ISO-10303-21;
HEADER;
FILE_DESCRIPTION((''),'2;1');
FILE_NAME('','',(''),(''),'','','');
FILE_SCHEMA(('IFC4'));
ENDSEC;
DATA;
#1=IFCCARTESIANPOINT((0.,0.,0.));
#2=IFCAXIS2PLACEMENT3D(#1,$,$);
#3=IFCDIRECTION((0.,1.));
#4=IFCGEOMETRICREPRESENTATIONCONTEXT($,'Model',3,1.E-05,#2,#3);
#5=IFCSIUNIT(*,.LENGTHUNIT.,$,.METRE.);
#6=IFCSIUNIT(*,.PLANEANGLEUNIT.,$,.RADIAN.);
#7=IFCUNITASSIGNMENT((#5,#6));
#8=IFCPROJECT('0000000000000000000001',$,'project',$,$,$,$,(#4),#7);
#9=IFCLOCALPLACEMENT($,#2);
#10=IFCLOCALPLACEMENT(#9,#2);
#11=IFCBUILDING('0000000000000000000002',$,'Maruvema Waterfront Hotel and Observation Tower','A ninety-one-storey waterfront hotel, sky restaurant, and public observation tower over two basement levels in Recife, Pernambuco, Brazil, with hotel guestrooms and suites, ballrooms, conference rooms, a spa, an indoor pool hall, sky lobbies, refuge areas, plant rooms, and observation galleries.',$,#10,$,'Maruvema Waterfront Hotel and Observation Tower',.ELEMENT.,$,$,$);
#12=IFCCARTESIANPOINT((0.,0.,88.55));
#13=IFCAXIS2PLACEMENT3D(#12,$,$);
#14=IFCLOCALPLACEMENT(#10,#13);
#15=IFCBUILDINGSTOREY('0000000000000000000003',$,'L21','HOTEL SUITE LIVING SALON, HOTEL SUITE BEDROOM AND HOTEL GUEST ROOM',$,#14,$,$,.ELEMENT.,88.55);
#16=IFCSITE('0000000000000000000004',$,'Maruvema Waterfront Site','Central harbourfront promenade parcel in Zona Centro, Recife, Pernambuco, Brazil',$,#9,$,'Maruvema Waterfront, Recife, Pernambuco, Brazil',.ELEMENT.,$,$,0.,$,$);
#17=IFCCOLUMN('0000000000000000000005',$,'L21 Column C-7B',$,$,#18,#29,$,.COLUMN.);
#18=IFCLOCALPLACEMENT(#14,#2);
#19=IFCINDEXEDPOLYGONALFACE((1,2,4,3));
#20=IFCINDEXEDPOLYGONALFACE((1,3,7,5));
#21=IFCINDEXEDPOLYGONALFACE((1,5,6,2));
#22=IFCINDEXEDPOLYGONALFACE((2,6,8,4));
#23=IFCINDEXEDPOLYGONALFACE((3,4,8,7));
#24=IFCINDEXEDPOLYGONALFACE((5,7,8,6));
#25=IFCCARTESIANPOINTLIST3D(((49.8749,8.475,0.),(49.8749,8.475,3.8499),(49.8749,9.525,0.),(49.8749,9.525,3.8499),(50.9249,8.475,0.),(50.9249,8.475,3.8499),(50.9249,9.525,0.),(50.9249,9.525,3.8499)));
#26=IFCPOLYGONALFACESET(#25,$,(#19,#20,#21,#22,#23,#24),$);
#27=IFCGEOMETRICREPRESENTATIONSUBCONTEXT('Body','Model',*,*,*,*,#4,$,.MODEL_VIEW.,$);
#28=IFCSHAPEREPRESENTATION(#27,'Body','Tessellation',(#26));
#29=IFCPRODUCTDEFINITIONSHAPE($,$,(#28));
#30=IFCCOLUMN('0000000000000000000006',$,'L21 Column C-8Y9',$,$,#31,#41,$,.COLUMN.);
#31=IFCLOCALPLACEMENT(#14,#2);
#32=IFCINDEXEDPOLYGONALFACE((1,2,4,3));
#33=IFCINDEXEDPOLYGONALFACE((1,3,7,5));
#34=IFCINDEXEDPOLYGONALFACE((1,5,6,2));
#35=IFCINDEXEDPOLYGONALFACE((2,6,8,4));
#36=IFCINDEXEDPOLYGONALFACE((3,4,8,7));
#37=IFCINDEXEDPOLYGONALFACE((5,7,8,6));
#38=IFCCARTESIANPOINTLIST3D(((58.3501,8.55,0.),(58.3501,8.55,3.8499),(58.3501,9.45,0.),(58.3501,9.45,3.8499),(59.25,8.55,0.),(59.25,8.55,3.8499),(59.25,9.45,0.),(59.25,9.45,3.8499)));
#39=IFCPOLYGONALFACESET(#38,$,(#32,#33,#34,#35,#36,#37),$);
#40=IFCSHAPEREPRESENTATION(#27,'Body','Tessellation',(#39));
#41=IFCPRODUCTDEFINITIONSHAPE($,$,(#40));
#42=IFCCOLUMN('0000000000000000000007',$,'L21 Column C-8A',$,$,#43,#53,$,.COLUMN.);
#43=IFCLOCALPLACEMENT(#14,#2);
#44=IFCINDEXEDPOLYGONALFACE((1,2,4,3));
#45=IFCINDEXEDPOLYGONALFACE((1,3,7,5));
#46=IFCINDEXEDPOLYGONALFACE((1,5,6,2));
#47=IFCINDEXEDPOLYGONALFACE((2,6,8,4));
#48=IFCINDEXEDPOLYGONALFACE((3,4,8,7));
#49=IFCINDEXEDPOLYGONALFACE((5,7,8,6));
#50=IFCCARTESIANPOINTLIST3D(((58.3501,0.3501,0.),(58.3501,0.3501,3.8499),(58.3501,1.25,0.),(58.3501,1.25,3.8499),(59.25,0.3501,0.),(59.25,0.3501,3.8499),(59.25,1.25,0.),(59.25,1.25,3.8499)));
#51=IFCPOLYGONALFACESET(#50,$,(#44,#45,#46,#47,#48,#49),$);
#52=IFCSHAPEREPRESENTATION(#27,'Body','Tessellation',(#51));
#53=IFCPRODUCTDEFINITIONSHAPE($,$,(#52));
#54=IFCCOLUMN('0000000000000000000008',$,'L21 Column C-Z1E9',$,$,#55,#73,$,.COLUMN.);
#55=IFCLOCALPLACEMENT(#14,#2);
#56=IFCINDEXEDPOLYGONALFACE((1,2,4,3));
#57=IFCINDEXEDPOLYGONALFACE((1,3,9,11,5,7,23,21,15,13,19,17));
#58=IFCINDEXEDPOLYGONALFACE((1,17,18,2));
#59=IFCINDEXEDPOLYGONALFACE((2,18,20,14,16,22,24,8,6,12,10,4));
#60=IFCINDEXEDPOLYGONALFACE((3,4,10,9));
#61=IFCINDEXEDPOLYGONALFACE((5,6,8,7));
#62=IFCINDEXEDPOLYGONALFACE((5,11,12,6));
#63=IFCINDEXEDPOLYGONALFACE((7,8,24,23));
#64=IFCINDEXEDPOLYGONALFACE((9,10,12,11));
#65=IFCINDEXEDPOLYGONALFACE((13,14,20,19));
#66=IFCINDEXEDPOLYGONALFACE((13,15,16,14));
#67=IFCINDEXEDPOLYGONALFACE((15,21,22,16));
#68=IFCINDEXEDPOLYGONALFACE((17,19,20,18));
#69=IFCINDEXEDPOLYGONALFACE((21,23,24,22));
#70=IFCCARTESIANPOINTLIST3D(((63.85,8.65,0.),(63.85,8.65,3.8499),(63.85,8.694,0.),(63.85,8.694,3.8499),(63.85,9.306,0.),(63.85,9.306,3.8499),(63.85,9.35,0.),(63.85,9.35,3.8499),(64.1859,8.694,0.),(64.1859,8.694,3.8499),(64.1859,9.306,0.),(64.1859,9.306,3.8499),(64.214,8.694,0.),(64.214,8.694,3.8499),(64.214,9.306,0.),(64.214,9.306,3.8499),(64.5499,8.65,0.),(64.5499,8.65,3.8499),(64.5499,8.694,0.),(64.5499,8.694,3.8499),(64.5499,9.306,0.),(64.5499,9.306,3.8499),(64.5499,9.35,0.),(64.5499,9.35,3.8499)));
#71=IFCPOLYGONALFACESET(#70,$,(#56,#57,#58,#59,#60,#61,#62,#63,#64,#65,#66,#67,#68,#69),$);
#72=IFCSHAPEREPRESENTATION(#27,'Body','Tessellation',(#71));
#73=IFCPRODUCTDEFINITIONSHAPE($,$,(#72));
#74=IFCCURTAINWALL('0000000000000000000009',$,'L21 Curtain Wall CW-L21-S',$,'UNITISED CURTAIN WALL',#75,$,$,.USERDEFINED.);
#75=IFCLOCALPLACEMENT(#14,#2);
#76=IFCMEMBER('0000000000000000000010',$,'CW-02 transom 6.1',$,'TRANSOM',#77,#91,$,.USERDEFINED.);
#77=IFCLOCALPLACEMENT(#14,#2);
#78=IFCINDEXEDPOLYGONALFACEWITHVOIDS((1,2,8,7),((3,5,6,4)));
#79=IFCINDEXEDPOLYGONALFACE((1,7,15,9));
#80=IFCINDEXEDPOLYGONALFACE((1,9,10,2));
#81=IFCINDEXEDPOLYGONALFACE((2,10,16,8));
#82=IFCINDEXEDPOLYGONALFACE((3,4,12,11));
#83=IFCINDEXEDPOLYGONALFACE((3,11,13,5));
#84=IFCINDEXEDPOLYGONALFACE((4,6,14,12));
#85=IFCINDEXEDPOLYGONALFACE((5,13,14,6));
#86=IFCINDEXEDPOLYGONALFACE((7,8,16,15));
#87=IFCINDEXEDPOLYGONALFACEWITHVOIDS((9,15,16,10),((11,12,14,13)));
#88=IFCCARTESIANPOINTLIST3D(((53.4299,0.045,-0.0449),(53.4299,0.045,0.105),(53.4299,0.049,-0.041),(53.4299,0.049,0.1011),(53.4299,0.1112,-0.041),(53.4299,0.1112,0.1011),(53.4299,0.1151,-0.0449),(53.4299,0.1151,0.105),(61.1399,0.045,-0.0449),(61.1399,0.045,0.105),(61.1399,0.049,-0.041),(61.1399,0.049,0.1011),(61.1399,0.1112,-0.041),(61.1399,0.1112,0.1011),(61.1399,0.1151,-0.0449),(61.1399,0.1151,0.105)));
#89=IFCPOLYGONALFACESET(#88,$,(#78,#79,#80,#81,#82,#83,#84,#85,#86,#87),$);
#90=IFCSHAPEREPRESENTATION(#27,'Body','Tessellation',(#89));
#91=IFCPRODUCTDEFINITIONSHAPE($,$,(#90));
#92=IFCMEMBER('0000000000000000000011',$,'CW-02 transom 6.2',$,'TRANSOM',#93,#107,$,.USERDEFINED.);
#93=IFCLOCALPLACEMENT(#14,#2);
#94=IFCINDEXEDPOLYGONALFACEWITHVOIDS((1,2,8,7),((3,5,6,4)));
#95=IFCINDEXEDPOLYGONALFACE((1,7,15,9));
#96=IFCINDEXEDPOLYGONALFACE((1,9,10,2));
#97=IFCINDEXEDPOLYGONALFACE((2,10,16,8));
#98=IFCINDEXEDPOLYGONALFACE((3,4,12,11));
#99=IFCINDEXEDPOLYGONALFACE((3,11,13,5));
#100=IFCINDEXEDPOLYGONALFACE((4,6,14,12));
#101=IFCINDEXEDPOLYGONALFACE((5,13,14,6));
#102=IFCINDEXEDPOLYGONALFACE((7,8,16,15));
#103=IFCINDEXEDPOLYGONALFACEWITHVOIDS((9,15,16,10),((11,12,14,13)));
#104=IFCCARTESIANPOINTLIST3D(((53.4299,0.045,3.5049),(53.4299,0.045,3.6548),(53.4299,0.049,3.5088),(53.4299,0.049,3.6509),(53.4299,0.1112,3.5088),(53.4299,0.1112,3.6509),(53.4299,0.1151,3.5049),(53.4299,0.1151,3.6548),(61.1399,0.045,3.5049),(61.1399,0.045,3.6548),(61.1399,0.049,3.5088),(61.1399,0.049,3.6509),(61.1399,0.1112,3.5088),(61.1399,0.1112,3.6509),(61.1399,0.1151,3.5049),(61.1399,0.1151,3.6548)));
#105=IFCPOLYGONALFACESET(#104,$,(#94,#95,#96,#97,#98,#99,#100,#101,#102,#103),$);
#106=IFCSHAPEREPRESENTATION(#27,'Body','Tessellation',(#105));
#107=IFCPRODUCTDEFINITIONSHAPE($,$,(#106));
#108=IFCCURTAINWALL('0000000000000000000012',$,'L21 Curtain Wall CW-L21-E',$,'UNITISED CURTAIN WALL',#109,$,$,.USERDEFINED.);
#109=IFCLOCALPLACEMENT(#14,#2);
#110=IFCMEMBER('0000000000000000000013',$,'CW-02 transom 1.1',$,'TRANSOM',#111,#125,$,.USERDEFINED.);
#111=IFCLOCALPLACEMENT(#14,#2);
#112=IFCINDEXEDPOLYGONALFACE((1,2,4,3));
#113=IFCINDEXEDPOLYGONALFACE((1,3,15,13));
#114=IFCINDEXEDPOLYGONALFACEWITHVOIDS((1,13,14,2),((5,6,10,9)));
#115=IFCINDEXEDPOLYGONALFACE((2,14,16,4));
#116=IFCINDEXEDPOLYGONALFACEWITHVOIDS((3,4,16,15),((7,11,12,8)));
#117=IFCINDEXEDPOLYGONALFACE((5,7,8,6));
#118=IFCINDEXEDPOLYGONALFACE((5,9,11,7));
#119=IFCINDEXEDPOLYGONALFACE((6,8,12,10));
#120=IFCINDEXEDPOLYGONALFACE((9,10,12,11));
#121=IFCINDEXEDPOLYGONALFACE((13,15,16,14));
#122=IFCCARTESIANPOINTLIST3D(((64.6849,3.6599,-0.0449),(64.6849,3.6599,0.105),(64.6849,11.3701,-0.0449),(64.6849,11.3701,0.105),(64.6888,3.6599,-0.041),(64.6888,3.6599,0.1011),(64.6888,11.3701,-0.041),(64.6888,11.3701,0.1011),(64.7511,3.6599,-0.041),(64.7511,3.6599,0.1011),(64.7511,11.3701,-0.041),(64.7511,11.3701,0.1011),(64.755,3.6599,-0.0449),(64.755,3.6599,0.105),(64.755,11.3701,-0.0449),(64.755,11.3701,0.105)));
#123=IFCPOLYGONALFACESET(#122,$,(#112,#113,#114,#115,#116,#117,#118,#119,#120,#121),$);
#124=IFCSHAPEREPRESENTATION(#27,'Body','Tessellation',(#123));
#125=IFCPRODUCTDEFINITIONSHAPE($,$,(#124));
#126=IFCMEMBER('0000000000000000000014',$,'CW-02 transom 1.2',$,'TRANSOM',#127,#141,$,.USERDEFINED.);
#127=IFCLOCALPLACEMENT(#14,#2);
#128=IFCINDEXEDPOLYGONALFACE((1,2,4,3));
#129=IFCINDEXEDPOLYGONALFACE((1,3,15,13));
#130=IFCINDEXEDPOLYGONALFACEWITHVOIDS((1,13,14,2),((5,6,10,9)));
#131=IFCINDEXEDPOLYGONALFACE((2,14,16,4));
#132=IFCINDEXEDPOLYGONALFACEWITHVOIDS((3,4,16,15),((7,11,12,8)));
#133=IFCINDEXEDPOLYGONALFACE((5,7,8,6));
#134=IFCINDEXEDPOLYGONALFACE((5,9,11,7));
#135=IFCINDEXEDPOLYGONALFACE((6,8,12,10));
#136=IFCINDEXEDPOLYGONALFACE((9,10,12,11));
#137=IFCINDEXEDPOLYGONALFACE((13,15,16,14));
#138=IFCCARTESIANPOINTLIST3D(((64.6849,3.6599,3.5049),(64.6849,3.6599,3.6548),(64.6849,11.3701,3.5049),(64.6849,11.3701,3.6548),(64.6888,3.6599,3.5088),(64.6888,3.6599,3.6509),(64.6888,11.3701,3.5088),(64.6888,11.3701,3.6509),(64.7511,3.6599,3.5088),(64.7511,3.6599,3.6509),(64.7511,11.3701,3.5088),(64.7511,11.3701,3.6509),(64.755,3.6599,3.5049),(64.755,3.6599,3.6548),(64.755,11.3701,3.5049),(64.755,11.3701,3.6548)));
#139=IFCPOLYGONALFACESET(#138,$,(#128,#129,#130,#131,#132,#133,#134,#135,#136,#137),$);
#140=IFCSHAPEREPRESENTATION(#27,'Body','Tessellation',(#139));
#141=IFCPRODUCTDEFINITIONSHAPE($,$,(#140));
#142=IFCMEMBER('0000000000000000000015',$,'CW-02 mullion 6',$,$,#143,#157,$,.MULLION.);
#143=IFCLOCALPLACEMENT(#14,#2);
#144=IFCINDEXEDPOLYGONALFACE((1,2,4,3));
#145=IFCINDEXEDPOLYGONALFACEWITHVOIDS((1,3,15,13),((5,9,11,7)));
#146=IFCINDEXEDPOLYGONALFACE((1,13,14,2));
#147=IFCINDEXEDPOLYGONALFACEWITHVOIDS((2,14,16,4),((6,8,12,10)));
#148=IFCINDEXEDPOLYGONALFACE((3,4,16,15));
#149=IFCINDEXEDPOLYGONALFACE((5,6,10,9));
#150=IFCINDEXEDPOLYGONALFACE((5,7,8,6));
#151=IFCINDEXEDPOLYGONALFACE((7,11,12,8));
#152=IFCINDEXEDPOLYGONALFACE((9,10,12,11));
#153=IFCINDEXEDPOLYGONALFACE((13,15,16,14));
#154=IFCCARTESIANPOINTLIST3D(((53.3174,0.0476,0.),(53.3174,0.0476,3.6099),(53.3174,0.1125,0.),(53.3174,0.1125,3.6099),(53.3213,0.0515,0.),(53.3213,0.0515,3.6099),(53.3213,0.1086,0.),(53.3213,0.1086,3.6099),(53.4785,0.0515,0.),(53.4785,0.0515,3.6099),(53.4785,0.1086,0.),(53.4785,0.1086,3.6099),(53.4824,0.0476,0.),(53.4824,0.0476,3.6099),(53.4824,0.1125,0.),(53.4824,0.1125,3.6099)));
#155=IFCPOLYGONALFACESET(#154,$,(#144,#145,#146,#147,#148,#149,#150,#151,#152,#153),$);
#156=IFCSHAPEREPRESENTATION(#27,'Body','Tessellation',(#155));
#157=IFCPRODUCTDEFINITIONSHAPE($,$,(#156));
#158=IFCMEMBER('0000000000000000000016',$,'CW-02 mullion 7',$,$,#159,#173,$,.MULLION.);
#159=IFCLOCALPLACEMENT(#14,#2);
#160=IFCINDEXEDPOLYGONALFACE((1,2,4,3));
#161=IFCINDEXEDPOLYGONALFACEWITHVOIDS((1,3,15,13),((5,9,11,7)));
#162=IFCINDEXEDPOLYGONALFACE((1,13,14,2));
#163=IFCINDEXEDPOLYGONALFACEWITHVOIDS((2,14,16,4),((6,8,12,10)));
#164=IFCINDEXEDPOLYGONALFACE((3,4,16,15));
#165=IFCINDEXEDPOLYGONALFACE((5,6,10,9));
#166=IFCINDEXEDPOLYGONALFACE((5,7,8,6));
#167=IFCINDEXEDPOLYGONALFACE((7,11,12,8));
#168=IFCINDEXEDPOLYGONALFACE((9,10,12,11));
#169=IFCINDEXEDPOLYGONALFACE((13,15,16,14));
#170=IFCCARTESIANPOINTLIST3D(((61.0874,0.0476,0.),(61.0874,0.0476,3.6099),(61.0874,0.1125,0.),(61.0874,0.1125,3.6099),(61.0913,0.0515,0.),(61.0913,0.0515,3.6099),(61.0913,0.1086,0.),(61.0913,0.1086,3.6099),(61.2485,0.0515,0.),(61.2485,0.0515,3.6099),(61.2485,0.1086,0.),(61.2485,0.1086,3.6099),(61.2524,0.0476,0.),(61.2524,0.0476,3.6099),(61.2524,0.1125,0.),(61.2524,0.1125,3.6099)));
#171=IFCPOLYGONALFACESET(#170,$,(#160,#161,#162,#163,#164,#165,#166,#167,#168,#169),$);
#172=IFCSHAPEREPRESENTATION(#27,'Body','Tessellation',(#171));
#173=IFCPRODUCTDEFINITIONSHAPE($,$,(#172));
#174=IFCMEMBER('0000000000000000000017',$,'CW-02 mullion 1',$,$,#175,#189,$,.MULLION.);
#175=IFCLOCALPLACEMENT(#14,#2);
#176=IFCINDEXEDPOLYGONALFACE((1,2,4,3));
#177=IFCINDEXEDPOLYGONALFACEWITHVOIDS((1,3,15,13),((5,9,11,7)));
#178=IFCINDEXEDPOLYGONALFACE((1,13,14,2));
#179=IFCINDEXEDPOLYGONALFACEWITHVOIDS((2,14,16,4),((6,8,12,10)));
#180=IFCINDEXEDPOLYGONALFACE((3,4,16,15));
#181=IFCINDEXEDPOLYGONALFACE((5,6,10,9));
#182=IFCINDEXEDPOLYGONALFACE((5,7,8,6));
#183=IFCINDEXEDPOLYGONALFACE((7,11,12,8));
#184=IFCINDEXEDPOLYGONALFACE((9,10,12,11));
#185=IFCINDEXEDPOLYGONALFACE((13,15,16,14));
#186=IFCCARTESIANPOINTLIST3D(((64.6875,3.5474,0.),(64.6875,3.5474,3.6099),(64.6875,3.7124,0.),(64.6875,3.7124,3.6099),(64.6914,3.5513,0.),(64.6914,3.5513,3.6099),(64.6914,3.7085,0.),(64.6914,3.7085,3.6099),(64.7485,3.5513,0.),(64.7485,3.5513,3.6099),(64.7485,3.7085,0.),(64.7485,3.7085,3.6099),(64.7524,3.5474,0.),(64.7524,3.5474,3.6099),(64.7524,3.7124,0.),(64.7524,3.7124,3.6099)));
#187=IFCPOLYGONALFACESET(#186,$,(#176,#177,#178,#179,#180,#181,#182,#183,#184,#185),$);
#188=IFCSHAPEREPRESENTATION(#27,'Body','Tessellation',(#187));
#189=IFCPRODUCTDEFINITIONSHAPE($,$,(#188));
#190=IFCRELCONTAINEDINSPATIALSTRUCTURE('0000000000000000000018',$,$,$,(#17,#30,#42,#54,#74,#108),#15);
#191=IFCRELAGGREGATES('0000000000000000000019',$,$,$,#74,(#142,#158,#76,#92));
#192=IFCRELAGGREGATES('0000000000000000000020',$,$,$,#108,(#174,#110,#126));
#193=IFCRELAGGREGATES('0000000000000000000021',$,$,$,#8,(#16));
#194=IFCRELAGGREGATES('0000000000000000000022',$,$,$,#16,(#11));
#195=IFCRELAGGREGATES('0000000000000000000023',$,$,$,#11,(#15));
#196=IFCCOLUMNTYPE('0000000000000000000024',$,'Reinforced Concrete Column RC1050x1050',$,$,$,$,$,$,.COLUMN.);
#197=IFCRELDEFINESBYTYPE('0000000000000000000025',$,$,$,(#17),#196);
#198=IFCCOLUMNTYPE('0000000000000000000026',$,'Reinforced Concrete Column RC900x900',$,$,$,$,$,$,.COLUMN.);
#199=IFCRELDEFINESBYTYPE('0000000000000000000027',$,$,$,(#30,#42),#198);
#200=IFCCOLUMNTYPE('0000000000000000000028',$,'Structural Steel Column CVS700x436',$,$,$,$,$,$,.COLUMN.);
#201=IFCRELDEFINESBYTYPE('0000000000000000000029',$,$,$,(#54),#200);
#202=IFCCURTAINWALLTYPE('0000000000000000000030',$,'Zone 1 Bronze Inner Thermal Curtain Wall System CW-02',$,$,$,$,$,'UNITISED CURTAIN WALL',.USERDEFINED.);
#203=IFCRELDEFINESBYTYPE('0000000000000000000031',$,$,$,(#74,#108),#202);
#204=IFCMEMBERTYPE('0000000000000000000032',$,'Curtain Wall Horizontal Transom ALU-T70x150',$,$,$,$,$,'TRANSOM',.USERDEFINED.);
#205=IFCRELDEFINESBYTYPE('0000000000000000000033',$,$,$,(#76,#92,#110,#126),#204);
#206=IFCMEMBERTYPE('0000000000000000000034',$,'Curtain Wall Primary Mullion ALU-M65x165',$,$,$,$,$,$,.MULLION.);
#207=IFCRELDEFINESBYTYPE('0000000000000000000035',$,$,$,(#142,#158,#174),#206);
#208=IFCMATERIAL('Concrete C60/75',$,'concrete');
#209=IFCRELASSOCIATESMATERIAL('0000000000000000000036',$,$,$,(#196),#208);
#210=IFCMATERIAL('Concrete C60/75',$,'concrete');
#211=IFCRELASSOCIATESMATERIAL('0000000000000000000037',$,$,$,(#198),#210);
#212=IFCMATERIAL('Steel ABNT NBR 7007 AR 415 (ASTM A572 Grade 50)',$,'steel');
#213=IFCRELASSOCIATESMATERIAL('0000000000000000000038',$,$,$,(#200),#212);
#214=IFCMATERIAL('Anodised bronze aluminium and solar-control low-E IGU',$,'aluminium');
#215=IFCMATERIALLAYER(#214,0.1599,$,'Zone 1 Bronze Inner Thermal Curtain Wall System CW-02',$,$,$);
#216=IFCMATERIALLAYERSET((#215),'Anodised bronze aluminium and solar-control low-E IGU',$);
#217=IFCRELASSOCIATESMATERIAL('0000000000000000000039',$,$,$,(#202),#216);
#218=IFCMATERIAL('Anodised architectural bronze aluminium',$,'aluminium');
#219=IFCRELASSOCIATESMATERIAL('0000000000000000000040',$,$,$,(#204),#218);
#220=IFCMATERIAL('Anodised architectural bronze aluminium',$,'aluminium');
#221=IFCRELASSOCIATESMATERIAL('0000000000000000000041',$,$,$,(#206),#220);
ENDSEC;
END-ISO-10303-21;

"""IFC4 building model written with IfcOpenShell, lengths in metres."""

from ifc_helpers import new_model, si_unit, direction, frame, origin, origin_2d, place, context, subcontext, project, spatial, rectangle, hollow_rectangle, i_section, extrude, material, layer, layer_set, material_profile, profile_set, type_object, element, aggregate, save


model = new_model("IFC4")

# Units and contexts
model_context = context("Model", 3, precision=1e-05, world=origin(), true_north=direction((0.0, 1.0)))
body_context = subcontext(model_context, "Body", "Model", "MODEL_VIEW")
ifc_project = project(units=[si_unit("LENGTHUNIT", "METRE"), si_unit("PLANEANGLEUNIT", "RADIAN")], contexts=[model_context])

# Site, building, storey
site_placement = place(None, origin())
site = spatial("IfcSite", under=ifc_project, at=site_placement, Name="Maruvema Waterfront Site", Description="Central harbourfront promenade parcel in Zona Centro, Recife, Pernambuco, Brazil", LongName="Maruvema Waterfront, Recife, Pernambuco, Brazil", CompositionType="ELEMENT", RefElevation=0.0)
building_placement = place(site_placement, origin())
building = spatial("IfcBuilding", under=site, at=building_placement, Name="Maruvema Waterfront Hotel and Observation Tower", Description="A ninety-one-storey waterfront hotel, sky restaurant, and public observation tower over two basement levels in Recife, Pernambuco, Brazil, with hotel guestrooms and suites, ballrooms, conference rooms, a spa, an indoor pool hall, sky lobbies, refuge areas, plant rooms, and observation galleries.", LongName="Maruvema Waterfront Hotel and Observation Tower", CompositionType="ELEMENT")
storey_placement = place(building_placement, frame((0.0, 0.0, 88.55)))
storey = spatial("IfcBuildingStorey", under=building, at=storey_placement, Name="L21", Description="HOTEL SUITE LIVING SALON, HOTEL SUITE BEDROOM AND HOTEL GUEST ROOM", CompositionType="ELEMENT", Elevation=88.55)

# Columns
ifc_material_1 = material(Name="Concrete C60/75", Category="concrete")
ifc_material_profile_1 = material_profile(ifc_material_1, rectangle(XDim=1.05, YDim=1.05, at=origin_2d()), Name="RC1050x1050")
ifc_profile_set_1 = profile_set([ifc_material_profile_1], Name="Concrete C60/75")
column_type_1 = type_object("IfcColumnType", Name="Reinforced Concrete Column RC1050x1050", PredefinedType="COLUMN", material=ifc_profile_set_1)
column_1_placement = place(storey_placement, frame((50.3999, 9.0, 0.0), z_axis=(0.0, 0.0, 1.0), x_axis=(1.0, 0.0, 0.0)))
element("IfcColumn", 1, at=column_1_placement, inside=storey, type_object=column_type_1, Name="L21 Column C-7B", PredefinedType="COLUMN", context=body_context, shape_type="SweptSolid", body=[
    extrude(rectangle(XDim=1.05, YDim=1.05, at=origin_2d()), origin(), (0.0, 0.0, 1.0), 3.8499),
])
ifc_material_2 = material(Name="Concrete C60/75", Category="concrete")
ifc_material_profile_2 = material_profile(ifc_material_2, rectangle(XDim=0.8999, YDim=0.8999, at=origin_2d()), Name="RC900x900")
ifc_profile_set_2 = profile_set([ifc_material_profile_2], Name="Concrete C60/75")
column_type_2 = type_object("IfcColumnType", Name="Reinforced Concrete Column RC900x900", PredefinedType="COLUMN", material=ifc_profile_set_2)
for number, where, z_axis, x_axis, name in (
    (2, (58.8, 9.0, 0.0), (0.0, 0.0, 1.0), (1.0, 0.0, 0.0), "L21 Column C-8Y9"),
    (3, (58.8, 0.8, 0.0), (0.0, 0.0, 1.0), (1.0, 0.0, 0.0), "L21 Column C-8A"),
):
    element("IfcColumn", number, at=place(storey_placement, frame(where, z_axis=z_axis, x_axis=x_axis)), inside=storey, type_object=column_type_2, Name=name, PredefinedType="COLUMN", context=body_context, shape_type="SweptSolid", body=[
        extrude(rectangle(XDim=0.8999, YDim=0.8999, at=origin_2d()), origin(), (0.0, 0.0, 1.0), 3.8499),
    ])
ifc_material_3 = material(Name="Steel ABNT NBR 7007 AR 415 (ASTM A572 Grade 50)", Category="steel")
ifc_material_profile_3 = material_profile(ifc_material_3, i_section(OverallWidth=0.7, OverallDepth=0.7, WebThickness=0.0281, FlangeThickness=0.0439, at=origin_2d()), Name="CVS700x436")
ifc_profile_set_3 = profile_set([ifc_material_profile_3], Name="Steel ABNT NBR 7007 AR 415 (ASTM A572 Grade 50)")
column_type_3 = type_object("IfcColumnType", Name="Structural Steel Column CVS700x436", PredefinedType="COLUMN", material=ifc_profile_set_3)
column_2_placement = place(storey_placement, frame((64.2, 9.0, 0.0), z_axis=(0.0, 0.0, 1.0), x_axis=(1.0, 0.0, 0.0)))
element("IfcColumn", 4, at=column_2_placement, inside=storey, type_object=column_type_3, Name="L21 Column C-Z1E9", PredefinedType="COLUMN", context=body_context, shape_type="SweptSolid", body=[
    extrude(i_section(OverallWidth=0.7, OverallDepth=0.7, WebThickness=0.0281, FlangeThickness=0.0439, at=origin_2d()), origin(), (0.0, 0.0, 1.0), 3.8499),
])

# Curtain walls, members
ifc_material_4 = material(Name="Anodised bronze aluminium and solar-control low-E IGU", Category="aluminium")
ifc_layer_1 = layer(ifc_material_4, 0.1599, Name="Zone 1 Bronze Inner Thermal Curtain Wall System CW-02")
ifc_layer_set_1 = layer_set([ifc_layer_1], Name="Anodised bronze aluminium and solar-control low-E IGU")
curtain_wall_type = type_object("IfcCurtainWallType", Name="Zone 1 Bronze Inner Thermal Curtain Wall System CW-02", ElementType="UNITISED CURTAIN WALL", PredefinedType="USERDEFINED", material=ifc_layer_set_1)
curtain_wall_1_placement = place(storey_placement, origin())
curtain_wall_1 = element("IfcCurtainWall", 5, at=curtain_wall_1_placement, inside=storey, type_object=curtain_wall_type, Name="L21 Curtain Wall CW-L21-S", ObjectType="UNITISED CURTAIN WALL", PredefinedType="USERDEFINED")
ifc_material_5 = material(Name="Anodised architectural bronze aluminium", Category="aluminium")
ifc_material_profile_4 = material_profile(ifc_material_5, hollow_rectangle(XDim=0.0701, YDim=0.1499, WallThickness=0.0039, at=origin_2d()), Name="ALU-T70x150")
ifc_profile_set_4 = profile_set([ifc_material_profile_4], Name="Anodised architectural bronze aluminium")
member_type_1 = type_object("IfcMemberType", Name="Curtain Wall Horizontal Transom ALU-T70x150", ElementType="TRANSOM", PredefinedType="USERDEFINED", material=ifc_profile_set_4)
member_1_placement = place(storey_placement, frame((53.4299, 0.0801, 0.03), z_axis=(1.0, 0.0, 0.0), x_axis=(0.0, 1.0, 0.0)))
member_1 = element("IfcMember", 6, at=member_1_placement, type_object=member_type_1, Name="CW-02 transom 6.1", ObjectType="TRANSOM", PredefinedType="USERDEFINED", context=body_context, shape_type="SweptSolid", body=[
    extrude(hollow_rectangle(XDim=0.0701, YDim=0.1499, WallThickness=0.0039, at=origin_2d()), origin(), (0.0, 0.0, 1.0), 7.71),
])
member_2_placement = place(storey_placement, frame((53.4299, 0.0801, 3.5798), z_axis=(1.0, 0.0, 0.0), x_axis=(0.0, 1.0, 0.0)))
member_2 = element("IfcMember", 7, at=member_2_placement, type_object=member_type_1, Name="CW-02 transom 6.2", ObjectType="TRANSOM", PredefinedType="USERDEFINED", context=body_context, shape_type="SweptSolid", body=[
    extrude(hollow_rectangle(XDim=0.0701, YDim=0.1499, WallThickness=0.0039, at=origin_2d()), origin(), (0.0, 0.0, 1.0), 7.71),
])
curtain_wall_2_placement = place(storey_placement, origin())
curtain_wall_2 = element("IfcCurtainWall", 8, at=curtain_wall_2_placement, inside=storey, type_object=curtain_wall_type, Name="L21 Curtain Wall CW-L21-E", ObjectType="UNITISED CURTAIN WALL", PredefinedType="USERDEFINED")
member_3_placement = place(storey_placement, frame((64.72, 3.6599, 0.03), z_axis=(0.0, 1.0, 0.0), x_axis=(-1.0, 0.0, 0.0)))
member_3 = element("IfcMember", 9, at=member_3_placement, type_object=member_type_1, Name="CW-02 transom 1.1", ObjectType="TRANSOM", PredefinedType="USERDEFINED", context=body_context, shape_type="SweptSolid", body=[
    extrude(hollow_rectangle(XDim=0.0701, YDim=0.1499, WallThickness=0.0039, at=origin_2d()), origin(), (0.0, 0.0, 1.0), 7.7102),
])
member_4_placement = place(storey_placement, frame((64.72, 3.6599, 3.5798), z_axis=(0.0, 1.0, 0.0), x_axis=(-1.0, 0.0, 0.0)))
member_4 = element("IfcMember", 10, at=member_4_placement, type_object=member_type_1, Name="CW-02 transom 1.2", ObjectType="TRANSOM", PredefinedType="USERDEFINED", context=body_context, shape_type="SweptSolid", body=[
    extrude(hollow_rectangle(XDim=0.0701, YDim=0.1499, WallThickness=0.0039, at=origin_2d()), origin(), (0.0, 0.0, 1.0), 7.7102),
])

# Members
ifc_material_6 = material(Name="Anodised architectural bronze aluminium", Category="aluminium")
ifc_material_profile_5 = material_profile(ifc_material_6, hollow_rectangle(XDim=0.0649, YDim=0.165, WallThickness=0.0039, at=origin_2d()), Name="ALU-M65x165")
ifc_profile_set_5 = profile_set([ifc_material_profile_5], Name="Anodised architectural bronze aluminium")
member_type_2 = type_object("IfcMemberType", Name="Curtain Wall Primary Mullion ALU-M65x165", PredefinedType="MULLION", material=ifc_profile_set_5)
member_5_placement = place(storey_placement, frame((53.3999, 0.0801, 0.0), z_axis=(0.0, 0.0, 1.0), x_axis=(0.0, 1.0, 0.0)))
member_5 = element("IfcMember", 11, at=member_5_placement, type_object=member_type_2, Name="CW-02 mullion 6", PredefinedType="MULLION", context=body_context, shape_type="SweptSolid", body=[
    extrude(hollow_rectangle(XDim=0.0649, YDim=0.165, WallThickness=0.0039, at=origin_2d()), origin(), (0.0, 0.0, 1.0), 3.6099),
])
member_6_placement = place(storey_placement, frame((61.1699, 0.0801, 0.0), z_axis=(0.0, 0.0, 1.0), x_axis=(0.0, 1.0, 0.0)))
member_6 = element("IfcMember", 12, at=member_6_placement, type_object=member_type_2, Name="CW-02 mullion 7", PredefinedType="MULLION", context=body_context, shape_type="SweptSolid", body=[
    extrude(hollow_rectangle(XDim=0.0649, YDim=0.165, WallThickness=0.0039, at=origin_2d()), origin(), (0.0, 0.0, 1.0), 3.6099),
])
member_7_placement = place(storey_placement, frame((64.72, 3.6299, 0.0), z_axis=(0.0, 0.0, 1.0), x_axis=(-1.0, 0.0, 0.0)))
member_7 = element("IfcMember", 13, at=member_7_placement, type_object=member_type_2, Name="CW-02 mullion 1", PredefinedType="MULLION", context=body_context, shape_type="SweptSolid", body=[
    extrude(hollow_rectangle(XDim=0.0649, YDim=0.165, WallThickness=0.0039, at=origin_2d()), origin(), (0.0, 0.0, 1.0), 3.6099),
])

aggregate(curtain_wall_1, [member_5, member_6, member_1, member_2])
aggregate(curtain_wall_2, [member_7, member_3, member_4])

save(model, "model.ifc")
